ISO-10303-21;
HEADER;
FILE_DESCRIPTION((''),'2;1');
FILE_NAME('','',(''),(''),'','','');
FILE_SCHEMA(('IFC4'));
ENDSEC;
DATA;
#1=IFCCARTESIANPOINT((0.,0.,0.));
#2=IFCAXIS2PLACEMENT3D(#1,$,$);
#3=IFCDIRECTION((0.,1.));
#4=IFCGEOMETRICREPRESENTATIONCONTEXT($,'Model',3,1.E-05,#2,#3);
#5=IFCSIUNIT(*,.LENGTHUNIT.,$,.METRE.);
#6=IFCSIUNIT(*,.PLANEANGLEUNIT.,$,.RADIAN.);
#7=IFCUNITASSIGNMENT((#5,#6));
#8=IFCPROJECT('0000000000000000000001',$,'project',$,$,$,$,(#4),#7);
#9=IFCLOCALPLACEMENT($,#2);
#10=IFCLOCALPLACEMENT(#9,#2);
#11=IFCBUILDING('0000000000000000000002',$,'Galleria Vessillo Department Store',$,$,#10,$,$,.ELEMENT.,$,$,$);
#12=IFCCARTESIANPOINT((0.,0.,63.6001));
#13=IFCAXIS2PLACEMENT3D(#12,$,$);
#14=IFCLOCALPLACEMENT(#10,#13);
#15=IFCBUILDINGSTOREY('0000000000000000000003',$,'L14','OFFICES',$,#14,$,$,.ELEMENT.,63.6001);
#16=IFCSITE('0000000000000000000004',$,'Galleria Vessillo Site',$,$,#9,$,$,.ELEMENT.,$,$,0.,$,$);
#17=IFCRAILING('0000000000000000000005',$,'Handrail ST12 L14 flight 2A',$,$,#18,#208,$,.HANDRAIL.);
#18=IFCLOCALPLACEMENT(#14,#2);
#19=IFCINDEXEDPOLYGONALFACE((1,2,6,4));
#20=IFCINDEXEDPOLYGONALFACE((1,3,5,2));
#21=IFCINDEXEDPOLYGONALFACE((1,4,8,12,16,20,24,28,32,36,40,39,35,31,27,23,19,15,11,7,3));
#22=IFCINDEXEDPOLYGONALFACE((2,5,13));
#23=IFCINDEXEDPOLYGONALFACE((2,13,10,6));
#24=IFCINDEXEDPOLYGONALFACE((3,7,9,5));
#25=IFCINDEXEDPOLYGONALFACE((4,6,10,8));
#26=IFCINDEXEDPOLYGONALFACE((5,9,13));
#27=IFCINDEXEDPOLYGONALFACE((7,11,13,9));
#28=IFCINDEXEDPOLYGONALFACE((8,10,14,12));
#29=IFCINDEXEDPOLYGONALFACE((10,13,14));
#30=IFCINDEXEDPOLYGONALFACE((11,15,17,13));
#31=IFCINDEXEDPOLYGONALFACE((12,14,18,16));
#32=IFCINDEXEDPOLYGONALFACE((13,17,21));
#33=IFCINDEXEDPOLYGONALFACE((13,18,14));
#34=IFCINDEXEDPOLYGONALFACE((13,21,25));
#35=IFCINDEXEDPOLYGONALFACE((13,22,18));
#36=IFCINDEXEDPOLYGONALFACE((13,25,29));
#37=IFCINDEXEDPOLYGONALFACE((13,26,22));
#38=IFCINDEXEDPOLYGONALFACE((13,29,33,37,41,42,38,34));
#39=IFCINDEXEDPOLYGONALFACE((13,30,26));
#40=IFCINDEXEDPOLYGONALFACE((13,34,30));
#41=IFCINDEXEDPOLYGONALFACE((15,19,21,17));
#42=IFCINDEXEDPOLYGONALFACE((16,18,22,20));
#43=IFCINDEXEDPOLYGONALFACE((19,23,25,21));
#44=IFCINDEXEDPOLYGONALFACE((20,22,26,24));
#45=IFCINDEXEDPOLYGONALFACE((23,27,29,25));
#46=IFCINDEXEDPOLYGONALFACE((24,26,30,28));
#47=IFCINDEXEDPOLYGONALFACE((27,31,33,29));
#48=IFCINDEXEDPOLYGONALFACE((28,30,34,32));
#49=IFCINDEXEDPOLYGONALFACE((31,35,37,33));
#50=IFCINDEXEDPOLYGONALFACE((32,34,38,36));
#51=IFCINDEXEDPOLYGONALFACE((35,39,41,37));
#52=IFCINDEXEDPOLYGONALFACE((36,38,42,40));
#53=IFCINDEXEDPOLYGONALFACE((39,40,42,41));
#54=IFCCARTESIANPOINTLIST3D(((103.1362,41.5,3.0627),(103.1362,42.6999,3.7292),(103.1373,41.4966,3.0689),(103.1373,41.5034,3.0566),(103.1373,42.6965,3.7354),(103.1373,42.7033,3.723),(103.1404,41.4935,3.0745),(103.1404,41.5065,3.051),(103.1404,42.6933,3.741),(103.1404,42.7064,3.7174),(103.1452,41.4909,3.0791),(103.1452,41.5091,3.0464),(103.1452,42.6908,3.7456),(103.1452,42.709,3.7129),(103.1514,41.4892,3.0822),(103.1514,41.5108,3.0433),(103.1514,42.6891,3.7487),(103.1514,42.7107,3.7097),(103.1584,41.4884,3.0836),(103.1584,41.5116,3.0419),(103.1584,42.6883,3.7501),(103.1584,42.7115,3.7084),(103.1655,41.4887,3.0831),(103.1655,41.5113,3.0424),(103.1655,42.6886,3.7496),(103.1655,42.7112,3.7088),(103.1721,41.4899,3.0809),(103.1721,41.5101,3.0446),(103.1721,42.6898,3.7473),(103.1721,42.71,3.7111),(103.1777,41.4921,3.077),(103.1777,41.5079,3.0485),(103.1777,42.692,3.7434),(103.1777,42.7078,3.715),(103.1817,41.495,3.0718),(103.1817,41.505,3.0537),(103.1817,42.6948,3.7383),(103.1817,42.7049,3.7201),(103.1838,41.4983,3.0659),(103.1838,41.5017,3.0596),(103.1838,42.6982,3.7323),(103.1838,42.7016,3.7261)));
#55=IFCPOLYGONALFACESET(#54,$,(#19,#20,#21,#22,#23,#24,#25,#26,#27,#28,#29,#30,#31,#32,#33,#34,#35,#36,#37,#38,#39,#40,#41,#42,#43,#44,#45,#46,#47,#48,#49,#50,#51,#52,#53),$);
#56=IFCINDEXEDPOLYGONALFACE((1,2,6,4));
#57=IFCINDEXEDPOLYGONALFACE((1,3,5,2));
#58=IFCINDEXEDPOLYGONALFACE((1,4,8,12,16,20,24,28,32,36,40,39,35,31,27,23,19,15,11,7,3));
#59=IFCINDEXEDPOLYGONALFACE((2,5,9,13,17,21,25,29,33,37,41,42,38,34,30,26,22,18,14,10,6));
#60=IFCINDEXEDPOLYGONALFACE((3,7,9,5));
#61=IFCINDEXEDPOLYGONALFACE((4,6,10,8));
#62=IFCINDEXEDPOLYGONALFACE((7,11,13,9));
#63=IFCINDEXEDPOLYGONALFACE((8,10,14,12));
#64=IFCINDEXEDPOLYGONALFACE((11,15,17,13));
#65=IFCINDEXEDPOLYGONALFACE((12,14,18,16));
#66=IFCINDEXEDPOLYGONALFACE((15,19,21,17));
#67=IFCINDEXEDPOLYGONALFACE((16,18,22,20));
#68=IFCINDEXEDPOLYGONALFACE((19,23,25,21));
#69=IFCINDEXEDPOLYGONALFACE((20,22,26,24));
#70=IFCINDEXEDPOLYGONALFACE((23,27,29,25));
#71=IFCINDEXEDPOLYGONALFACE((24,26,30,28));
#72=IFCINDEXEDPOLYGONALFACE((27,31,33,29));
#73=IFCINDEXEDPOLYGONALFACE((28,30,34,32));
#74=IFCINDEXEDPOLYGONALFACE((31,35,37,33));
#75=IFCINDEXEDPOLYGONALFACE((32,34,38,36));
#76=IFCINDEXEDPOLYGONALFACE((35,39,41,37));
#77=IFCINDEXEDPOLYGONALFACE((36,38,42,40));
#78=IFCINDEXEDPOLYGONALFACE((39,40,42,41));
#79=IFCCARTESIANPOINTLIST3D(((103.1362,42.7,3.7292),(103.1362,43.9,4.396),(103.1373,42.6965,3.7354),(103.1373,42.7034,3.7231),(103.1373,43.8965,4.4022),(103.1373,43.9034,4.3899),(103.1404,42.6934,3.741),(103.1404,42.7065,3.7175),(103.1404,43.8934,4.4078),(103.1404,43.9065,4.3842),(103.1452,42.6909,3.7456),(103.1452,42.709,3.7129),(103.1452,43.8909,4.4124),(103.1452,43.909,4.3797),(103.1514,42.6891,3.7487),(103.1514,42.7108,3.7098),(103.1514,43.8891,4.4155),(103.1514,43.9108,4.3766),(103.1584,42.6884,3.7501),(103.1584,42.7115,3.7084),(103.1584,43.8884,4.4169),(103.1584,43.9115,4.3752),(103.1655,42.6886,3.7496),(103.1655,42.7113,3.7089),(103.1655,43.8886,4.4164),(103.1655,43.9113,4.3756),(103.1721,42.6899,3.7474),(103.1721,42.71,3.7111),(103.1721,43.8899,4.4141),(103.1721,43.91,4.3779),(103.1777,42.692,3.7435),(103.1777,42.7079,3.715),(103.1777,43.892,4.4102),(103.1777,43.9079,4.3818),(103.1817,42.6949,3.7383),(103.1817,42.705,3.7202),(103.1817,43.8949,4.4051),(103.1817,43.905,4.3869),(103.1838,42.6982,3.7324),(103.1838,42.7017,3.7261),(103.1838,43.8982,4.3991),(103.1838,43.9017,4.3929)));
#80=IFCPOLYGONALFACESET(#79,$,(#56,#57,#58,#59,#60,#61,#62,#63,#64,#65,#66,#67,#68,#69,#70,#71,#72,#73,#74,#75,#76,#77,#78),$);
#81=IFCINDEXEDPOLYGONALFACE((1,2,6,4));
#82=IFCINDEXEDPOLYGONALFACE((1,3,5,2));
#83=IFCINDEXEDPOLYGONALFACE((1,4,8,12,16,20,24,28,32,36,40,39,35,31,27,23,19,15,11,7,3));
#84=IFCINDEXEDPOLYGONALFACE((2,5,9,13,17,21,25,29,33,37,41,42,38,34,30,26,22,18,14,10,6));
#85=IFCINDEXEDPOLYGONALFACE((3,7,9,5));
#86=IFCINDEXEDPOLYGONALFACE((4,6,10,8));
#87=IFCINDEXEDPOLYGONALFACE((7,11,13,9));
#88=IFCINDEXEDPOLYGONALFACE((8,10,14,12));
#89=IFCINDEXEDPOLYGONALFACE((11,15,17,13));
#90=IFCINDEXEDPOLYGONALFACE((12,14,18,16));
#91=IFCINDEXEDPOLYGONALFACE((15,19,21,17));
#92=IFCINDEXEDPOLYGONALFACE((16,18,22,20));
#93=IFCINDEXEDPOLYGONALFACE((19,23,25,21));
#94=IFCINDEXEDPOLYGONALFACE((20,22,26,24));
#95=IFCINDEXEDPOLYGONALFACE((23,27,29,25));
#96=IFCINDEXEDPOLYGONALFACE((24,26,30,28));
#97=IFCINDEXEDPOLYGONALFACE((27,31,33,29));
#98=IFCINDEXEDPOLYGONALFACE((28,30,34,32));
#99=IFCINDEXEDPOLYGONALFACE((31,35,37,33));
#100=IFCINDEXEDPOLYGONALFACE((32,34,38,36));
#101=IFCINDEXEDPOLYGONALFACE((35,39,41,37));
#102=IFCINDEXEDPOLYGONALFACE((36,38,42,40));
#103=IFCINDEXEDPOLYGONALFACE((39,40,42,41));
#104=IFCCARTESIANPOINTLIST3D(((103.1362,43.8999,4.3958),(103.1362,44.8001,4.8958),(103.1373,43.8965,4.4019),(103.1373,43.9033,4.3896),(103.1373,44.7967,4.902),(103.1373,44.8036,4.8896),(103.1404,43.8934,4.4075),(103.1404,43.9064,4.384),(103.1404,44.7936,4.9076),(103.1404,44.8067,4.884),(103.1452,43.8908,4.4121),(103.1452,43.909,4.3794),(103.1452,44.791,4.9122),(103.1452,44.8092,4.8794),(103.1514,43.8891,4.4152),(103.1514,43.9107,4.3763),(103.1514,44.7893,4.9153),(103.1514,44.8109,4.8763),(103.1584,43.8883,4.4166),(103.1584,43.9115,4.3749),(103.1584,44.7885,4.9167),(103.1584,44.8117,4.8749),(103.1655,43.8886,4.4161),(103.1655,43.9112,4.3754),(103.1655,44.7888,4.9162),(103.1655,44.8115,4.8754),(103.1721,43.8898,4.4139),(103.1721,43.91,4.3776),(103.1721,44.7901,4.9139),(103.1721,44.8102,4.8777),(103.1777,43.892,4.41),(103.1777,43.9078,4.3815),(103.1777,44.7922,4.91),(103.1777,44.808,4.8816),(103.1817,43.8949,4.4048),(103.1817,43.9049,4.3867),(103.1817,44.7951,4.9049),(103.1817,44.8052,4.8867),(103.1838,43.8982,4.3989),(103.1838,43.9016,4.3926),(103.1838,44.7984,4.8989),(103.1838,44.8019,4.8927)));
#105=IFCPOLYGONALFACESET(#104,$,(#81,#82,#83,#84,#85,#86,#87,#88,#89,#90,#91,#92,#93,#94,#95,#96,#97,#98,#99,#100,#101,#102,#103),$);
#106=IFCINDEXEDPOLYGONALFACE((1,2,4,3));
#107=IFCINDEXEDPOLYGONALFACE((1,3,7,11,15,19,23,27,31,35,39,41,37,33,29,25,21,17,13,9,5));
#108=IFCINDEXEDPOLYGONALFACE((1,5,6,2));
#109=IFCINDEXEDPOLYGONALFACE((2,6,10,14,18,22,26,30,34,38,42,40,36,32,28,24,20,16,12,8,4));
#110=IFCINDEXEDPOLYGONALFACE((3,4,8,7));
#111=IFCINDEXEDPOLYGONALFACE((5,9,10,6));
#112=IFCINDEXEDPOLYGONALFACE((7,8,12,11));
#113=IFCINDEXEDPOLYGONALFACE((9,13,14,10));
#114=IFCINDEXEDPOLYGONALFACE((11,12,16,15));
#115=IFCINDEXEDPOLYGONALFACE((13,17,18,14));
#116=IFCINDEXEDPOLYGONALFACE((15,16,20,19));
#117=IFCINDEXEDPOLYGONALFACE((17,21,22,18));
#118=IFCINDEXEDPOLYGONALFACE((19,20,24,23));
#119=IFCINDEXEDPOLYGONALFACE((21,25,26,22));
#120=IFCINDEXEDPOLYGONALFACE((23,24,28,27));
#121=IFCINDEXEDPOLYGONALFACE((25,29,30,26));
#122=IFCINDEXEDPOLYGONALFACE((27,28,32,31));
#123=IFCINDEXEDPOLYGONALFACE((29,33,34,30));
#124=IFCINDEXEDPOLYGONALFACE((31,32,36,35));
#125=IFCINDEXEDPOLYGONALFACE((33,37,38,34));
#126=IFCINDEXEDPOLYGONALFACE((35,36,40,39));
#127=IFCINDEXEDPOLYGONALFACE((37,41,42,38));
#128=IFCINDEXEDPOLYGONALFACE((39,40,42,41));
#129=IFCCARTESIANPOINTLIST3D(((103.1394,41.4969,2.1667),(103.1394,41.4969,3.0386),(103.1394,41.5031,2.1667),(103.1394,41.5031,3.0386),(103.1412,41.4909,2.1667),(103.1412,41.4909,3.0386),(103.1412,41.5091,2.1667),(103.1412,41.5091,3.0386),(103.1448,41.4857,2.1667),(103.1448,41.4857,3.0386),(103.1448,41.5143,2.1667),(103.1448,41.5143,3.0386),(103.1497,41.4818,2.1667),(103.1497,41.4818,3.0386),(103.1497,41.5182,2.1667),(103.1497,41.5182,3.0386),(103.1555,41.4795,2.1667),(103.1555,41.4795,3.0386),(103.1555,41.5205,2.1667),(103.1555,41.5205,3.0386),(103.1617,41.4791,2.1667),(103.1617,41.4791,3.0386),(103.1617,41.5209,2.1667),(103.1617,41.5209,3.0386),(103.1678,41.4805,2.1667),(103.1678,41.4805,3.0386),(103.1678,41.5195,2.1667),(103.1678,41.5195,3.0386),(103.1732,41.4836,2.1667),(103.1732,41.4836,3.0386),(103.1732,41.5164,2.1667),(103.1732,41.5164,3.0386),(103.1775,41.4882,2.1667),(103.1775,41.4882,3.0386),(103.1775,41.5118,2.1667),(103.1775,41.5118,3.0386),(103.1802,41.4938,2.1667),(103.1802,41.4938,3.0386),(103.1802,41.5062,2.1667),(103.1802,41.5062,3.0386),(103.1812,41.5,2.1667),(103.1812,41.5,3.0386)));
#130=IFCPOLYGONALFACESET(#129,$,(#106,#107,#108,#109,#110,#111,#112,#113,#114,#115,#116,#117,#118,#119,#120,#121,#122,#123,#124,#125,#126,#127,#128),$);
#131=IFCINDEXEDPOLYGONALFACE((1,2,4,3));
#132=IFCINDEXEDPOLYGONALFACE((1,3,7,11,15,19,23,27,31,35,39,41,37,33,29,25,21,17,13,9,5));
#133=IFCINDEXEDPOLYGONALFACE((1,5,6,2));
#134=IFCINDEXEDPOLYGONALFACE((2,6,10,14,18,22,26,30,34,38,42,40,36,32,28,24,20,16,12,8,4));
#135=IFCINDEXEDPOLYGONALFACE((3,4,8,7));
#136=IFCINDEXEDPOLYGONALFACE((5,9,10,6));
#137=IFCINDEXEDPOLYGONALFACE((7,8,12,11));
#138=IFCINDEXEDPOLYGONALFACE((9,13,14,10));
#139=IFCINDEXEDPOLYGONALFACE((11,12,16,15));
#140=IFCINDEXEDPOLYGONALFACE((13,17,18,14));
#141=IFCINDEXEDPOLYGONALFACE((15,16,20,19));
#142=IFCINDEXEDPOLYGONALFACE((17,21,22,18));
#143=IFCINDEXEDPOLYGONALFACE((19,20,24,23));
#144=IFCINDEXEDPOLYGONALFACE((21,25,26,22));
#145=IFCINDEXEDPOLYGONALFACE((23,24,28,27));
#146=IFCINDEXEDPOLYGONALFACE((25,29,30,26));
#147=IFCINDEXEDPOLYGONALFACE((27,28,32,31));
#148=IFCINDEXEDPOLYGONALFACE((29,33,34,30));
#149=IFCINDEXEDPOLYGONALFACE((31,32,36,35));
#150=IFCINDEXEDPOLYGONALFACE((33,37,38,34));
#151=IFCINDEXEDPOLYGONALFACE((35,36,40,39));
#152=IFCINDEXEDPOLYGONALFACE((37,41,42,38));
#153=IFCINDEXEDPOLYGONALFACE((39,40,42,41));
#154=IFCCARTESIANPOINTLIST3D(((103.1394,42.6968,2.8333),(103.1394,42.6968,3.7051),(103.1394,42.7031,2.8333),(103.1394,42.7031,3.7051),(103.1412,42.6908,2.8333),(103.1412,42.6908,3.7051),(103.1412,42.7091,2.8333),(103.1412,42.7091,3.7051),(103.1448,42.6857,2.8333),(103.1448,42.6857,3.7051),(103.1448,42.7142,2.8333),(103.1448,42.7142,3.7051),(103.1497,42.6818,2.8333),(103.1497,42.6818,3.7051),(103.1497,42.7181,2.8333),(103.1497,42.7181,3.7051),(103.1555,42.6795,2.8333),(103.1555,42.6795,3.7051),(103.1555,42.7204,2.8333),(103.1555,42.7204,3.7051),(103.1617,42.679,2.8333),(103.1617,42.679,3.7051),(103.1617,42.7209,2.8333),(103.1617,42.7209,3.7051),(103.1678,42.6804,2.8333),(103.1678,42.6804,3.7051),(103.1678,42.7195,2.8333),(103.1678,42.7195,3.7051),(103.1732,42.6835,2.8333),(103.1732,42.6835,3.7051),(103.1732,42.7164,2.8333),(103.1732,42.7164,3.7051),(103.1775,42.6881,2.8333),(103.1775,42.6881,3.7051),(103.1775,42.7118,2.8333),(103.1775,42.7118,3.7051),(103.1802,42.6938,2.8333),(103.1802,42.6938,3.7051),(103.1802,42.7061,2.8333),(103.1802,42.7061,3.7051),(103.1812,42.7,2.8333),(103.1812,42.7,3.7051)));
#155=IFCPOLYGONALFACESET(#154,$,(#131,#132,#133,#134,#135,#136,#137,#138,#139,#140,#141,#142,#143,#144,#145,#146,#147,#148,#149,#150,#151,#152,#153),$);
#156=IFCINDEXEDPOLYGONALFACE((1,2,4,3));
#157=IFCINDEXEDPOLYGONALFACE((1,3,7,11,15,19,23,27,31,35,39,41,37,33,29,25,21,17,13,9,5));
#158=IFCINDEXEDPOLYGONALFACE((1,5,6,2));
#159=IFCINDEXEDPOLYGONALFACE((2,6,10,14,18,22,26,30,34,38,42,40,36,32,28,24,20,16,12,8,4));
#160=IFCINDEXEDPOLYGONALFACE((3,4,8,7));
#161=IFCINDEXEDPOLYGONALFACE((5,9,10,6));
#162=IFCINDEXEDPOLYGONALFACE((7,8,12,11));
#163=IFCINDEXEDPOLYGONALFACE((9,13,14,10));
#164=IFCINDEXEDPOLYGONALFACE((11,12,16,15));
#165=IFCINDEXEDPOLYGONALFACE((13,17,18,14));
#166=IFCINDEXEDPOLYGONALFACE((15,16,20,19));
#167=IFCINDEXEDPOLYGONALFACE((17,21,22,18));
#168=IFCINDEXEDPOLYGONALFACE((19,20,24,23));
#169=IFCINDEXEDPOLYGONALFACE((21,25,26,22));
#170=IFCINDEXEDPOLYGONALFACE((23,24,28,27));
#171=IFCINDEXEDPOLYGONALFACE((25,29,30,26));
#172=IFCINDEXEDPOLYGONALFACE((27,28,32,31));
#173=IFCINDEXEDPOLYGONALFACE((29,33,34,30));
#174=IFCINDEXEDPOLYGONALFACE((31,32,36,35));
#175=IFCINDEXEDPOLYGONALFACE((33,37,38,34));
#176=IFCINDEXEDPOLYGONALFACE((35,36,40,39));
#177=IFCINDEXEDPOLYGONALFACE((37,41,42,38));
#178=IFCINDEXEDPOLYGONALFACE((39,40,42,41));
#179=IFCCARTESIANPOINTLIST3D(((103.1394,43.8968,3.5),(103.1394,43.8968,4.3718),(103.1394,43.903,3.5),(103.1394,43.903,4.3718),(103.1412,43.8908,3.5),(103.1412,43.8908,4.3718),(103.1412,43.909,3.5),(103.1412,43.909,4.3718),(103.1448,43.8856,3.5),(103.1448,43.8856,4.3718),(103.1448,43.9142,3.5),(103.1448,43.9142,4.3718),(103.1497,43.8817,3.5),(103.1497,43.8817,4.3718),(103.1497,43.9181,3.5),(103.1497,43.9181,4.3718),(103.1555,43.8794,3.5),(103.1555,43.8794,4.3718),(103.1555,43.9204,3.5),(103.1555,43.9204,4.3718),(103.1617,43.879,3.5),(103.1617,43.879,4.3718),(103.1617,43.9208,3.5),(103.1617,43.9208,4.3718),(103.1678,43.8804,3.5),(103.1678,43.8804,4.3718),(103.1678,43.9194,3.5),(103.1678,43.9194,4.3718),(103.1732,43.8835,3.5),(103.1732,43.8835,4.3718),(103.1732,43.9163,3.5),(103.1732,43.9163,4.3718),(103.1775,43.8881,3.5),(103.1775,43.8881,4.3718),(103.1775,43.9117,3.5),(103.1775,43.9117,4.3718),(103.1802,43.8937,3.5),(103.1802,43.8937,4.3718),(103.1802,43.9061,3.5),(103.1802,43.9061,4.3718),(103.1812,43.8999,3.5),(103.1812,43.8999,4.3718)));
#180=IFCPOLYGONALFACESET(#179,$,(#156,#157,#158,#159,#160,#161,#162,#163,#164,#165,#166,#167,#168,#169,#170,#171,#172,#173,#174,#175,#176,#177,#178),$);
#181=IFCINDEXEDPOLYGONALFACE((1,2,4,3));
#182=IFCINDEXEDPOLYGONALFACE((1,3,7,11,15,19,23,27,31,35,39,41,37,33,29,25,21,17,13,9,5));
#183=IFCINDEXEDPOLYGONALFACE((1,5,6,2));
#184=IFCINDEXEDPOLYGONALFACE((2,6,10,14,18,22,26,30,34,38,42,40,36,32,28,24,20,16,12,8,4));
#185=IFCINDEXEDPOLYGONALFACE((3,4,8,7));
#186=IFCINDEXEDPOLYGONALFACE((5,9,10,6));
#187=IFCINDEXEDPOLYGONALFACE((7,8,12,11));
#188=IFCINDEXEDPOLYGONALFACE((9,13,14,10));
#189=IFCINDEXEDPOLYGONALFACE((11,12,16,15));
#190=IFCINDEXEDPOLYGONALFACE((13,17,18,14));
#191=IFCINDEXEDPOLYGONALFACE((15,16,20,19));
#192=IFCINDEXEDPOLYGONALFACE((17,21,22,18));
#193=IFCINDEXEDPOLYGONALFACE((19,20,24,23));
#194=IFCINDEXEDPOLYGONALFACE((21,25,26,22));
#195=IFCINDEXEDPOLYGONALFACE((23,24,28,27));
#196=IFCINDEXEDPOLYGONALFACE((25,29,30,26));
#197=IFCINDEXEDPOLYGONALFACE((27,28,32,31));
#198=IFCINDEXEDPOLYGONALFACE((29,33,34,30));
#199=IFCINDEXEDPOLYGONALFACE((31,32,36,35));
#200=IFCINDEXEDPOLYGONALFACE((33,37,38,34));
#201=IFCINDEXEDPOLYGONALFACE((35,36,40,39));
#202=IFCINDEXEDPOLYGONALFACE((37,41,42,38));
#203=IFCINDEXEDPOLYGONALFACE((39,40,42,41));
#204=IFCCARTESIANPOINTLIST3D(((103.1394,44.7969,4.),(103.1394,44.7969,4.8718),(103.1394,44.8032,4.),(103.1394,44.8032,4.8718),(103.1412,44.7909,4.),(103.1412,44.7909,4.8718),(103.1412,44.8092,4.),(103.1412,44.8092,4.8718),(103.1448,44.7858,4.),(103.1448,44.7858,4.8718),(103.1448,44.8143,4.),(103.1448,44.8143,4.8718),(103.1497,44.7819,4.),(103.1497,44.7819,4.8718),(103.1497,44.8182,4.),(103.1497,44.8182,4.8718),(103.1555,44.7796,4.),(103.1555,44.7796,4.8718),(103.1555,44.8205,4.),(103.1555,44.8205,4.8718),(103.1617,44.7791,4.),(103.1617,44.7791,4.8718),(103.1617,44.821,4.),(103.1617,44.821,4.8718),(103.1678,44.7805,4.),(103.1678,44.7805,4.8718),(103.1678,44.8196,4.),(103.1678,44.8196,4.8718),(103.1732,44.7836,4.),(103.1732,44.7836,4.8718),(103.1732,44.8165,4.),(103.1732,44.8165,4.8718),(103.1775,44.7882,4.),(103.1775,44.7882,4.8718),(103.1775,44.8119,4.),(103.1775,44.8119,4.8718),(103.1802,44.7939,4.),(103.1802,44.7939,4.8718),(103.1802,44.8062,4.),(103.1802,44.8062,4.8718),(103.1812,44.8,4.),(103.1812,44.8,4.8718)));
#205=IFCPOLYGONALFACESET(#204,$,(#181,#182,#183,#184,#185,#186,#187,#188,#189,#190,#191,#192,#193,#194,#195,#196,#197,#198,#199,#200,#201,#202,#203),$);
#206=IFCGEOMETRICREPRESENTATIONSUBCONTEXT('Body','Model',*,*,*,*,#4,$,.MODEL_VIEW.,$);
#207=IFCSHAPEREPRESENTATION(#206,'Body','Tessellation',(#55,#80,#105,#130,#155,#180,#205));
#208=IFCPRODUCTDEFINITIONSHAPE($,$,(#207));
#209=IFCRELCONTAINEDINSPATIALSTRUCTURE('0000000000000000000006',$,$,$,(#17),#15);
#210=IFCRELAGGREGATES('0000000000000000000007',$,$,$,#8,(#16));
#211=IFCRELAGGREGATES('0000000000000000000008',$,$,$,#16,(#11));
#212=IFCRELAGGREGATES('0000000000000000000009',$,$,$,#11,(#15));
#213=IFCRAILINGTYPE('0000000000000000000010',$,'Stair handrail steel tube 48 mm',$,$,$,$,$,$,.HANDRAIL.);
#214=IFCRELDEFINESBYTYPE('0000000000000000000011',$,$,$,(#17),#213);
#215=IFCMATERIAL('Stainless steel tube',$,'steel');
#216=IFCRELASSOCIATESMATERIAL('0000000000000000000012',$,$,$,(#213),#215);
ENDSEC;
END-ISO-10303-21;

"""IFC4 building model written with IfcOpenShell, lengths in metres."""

from ifc_helpers import new_model, si_unit, direction, frame, origin, origin_2d, place, context, subcontext, project, spatial, circle, extrude, material, type_object, element, save


model = new_model("IFC4")

# Units and contexts
model_context = context("Model", 3, precision=1e-05, world=origin(), true_north=direction((0.0, 1.0)))
body_context = subcontext(model_context, "Body", "Model", "MODEL_VIEW")
ifc_project = project(units=[si_unit("LENGTHUNIT", "METRE"), si_unit("PLANEANGLEUNIT", "RADIAN")], contexts=[model_context])

# Site, building, storey
site_placement = place(None, origin())
site = spatial("IfcSite", under=ifc_project, at=site_placement, Name="Galleria Vessillo Site", CompositionType="ELEMENT", RefElevation=0.0)
building_placement = place(site_placement, origin())
building = spatial("IfcBuilding", under=site, at=building_placement, Name="Galleria Vessillo Department Store", CompositionType="ELEMENT")
storey_placement = place(building_placement, frame((0.0, 0.0, 63.6001)))
storey = spatial("IfcBuildingStorey", under=building, at=storey_placement, Name="L14", Description="OFFICES", CompositionType="ELEMENT", Elevation=63.6001)

# Railing
ifc_material_1 = material(Name="Stainless steel tube", Category="steel")
railing_type = type_object("IfcRailingType", Name="Stair handrail steel tube 48 mm", PredefinedType="HANDRAIL", material=ifc_material_1)
for number, where, name in (
    (1, (103.1602, 41.5, 2.1667), "Handrail ST12 L14 flight 2A"),
):
    element("IfcRailing", number, at=place(storey_placement, frame(where)), inside=storey, type_object=railing_type, Name=name, PredefinedType="HANDRAIL", context=body_context, shape_type="SweptSolid", body=[
        extrude(circle(Radius=0.0239, at=origin_2d()), frame((0.0, 0.0, 0.896), z_axis=(0.0, 0.874199, 0.485567), x_axis=(-1.0, 0.0, 0.0)), (0.0, 0.0, 1.0), 1.3726),
        extrude(circle(Radius=0.0239, at=origin_2d()), frame((0.0, 1.2, 1.5625), z_axis=(0.0, 0.874124, 0.485703), x_axis=(-1.0, 0.0, 0.0)), (0.0, 0.0, 1.0), 1.3728),
        extrude(circle(Radius=0.0239, at=origin_2d()), frame((0.0, 2.3999, 2.229), z_axis=(0.0, 0.874191, 0.485583), x_axis=(-1.0, 0.0, 0.0)), (0.0, 0.0, 1.0), 1.0298),
        extrude(circle(Radius=0.021, at=origin_2d()), origin(), (0.0, 0.0, 1.0), 0.8718),
        extrude(circle(Radius=0.021, at=origin_2d()), frame((0.0, 1.2, 0.6665)), (0.0, 0.0, 1.0), 0.8718),
        extrude(circle(Radius=0.021, at=origin_2d()), frame((0.0, 2.3999, 1.3333)), (0.0, 0.0, 1.0), 0.8718),
        extrude(circle(Radius=0.021, at=origin_2d()), frame((0.0, 3.3, 1.8333)), (0.0, 0.0, 1.0), 0.8718),
    ])

save(model, "model.ifc")
